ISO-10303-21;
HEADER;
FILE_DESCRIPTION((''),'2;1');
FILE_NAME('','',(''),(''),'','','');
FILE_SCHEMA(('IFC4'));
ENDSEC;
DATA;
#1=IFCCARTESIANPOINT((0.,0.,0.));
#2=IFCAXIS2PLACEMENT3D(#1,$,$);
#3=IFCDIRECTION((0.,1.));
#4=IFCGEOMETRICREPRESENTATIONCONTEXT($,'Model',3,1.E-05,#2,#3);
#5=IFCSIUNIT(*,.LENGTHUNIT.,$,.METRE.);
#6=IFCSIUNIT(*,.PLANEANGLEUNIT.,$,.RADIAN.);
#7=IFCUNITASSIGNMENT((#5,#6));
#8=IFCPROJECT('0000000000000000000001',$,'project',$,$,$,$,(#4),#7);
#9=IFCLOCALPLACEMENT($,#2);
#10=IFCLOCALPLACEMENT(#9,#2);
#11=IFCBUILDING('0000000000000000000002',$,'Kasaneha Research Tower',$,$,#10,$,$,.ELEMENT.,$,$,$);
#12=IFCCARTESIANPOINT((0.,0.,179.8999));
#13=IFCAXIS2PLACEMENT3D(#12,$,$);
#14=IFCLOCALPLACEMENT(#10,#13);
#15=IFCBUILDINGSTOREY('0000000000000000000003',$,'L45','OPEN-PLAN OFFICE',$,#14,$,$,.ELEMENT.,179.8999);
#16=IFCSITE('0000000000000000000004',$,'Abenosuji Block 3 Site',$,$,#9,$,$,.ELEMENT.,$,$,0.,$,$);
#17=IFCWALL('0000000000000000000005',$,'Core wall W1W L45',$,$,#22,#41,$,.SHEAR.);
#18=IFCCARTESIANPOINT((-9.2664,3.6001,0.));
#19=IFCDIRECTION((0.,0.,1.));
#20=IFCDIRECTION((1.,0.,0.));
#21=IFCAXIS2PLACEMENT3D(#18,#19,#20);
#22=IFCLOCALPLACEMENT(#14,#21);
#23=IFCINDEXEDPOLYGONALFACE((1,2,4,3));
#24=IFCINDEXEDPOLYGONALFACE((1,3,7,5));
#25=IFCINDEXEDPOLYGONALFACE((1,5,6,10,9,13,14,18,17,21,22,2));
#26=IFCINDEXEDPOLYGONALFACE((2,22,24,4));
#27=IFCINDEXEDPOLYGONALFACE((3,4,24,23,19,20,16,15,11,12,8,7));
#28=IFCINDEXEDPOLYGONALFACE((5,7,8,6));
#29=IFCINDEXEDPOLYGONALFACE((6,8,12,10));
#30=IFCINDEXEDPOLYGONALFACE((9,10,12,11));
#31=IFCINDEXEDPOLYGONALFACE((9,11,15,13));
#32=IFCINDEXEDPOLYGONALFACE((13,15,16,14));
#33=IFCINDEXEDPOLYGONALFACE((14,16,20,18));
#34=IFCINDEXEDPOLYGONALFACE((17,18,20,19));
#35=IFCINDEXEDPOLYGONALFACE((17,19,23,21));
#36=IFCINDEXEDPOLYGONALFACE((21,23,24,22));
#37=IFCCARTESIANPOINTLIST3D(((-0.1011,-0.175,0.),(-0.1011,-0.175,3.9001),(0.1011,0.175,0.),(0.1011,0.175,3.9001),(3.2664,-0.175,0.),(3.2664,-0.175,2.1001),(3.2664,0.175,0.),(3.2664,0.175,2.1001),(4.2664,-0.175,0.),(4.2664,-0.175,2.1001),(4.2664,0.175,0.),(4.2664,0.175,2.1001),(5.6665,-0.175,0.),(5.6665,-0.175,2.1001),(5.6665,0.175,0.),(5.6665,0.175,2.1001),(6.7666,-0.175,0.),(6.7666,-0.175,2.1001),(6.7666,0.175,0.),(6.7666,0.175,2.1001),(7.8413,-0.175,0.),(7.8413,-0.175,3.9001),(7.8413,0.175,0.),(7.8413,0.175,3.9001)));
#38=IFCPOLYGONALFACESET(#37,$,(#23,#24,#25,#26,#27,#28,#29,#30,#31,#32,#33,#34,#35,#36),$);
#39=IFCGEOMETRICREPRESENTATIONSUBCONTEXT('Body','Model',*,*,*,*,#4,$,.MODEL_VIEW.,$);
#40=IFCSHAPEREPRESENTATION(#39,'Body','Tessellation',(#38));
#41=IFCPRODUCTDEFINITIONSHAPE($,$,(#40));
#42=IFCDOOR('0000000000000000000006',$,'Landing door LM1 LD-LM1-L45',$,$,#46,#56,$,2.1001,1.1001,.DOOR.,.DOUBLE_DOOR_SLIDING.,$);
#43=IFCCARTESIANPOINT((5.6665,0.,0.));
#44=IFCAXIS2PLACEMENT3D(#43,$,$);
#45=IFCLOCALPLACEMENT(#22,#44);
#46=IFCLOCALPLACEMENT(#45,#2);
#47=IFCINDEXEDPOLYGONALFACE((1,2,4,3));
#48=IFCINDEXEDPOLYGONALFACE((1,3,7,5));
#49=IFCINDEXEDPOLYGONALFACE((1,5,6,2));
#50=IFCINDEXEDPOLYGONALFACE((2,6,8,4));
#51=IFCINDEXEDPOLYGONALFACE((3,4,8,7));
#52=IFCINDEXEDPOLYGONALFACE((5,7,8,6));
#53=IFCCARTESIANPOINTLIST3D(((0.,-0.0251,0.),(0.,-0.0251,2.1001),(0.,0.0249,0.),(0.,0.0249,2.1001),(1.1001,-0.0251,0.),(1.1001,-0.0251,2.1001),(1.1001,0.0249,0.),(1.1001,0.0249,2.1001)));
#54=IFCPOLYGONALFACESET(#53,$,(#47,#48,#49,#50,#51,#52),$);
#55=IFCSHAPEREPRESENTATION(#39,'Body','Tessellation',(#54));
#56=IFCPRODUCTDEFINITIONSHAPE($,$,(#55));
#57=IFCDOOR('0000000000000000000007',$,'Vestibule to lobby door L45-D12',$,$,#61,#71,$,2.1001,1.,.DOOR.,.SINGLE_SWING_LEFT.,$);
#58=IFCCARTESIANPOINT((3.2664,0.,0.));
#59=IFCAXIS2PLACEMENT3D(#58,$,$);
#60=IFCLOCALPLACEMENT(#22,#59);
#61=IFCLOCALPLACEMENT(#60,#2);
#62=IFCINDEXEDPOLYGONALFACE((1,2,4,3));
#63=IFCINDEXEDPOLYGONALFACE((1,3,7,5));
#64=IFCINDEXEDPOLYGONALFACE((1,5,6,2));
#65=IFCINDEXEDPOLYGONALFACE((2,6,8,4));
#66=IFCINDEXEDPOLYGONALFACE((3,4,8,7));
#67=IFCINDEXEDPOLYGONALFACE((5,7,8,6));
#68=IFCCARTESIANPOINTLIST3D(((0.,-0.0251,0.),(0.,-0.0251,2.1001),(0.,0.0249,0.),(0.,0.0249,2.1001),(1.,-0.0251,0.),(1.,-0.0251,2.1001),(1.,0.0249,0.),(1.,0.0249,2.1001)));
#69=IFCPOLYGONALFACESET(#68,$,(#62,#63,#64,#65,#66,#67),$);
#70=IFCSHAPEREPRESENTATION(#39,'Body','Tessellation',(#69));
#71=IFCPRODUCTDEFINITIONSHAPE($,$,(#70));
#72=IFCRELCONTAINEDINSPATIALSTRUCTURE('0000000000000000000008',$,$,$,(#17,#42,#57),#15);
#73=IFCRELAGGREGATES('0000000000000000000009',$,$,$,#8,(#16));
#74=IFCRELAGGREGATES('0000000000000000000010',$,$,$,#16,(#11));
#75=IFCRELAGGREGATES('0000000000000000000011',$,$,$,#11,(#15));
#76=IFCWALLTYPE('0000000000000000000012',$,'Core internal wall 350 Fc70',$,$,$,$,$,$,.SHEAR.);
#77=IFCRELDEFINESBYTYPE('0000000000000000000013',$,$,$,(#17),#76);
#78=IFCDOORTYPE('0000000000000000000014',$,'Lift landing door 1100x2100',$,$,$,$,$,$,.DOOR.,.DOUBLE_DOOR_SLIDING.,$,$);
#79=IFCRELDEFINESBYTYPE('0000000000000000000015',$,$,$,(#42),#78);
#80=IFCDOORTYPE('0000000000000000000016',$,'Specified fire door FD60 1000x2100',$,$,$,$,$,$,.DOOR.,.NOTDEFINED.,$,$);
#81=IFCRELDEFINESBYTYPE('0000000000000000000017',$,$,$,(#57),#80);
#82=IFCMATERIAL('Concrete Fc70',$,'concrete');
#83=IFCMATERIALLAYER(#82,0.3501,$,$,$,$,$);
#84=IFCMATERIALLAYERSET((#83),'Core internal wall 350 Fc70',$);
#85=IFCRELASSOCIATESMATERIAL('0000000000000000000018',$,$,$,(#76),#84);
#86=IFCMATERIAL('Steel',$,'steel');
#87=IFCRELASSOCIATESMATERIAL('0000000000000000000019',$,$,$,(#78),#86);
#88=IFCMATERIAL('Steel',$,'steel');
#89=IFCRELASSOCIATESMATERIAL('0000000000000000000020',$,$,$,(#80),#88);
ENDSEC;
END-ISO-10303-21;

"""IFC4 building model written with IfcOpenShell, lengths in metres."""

from ifc_helpers import new_model, si_unit, direction, frame, frame_2d, origin, place, context, subcontext, project, spatial, polyline, rectangle, outline, extrude, material, layer, layer_set, type_object, element, fill, save


model = new_model("IFC4")

# Units and contexts
model_context = context("Model", 3, precision=1e-05, world=origin(), true_north=direction((0.0, 1.0)))
body_context = subcontext(model_context, "Body", "Model", "MODEL_VIEW")
ifc_project = project(units=[si_unit("LENGTHUNIT", "METRE"), si_unit("PLANEANGLEUNIT", "RADIAN")], contexts=[model_context])

# Site, building, storey
site_placement = place(None, origin())
site = spatial("IfcSite", under=ifc_project, at=site_placement, Name="Abenosuji Block 3 Site", CompositionType="ELEMENT", RefElevation=0.0)
building_placement = place(site_placement, origin())
building = spatial("IfcBuilding", under=site, at=building_placement, Name="Kasaneha Research Tower", CompositionType="ELEMENT")
storey_placement = place(building_placement, frame((0.0, 0.0, 179.8999)))
storey = spatial("IfcBuildingStorey", under=building, at=storey_placement, Name="L45", Description="OPEN-PLAN OFFICE", CompositionType="ELEMENT", Elevation=179.8999)

# Wall, openings, doors
ifc_material_1 = material(Name="Concrete Fc70", Category="concrete")
ifc_layer_1 = layer(ifc_material_1, 0.3501)
ifc_layer_set_1 = layer_set([ifc_layer_1], Name="Core internal wall 350 Fc70")
wall_type_1 = type_object("IfcWallType", Name="Core internal wall 350 Fc70", PredefinedType="SHEAR", material=ifc_layer_set_1)
wall_1_placement = place(storey_placement, frame((-9.2664, 3.6001, 0.0), z_axis=(0.0, 0.0, 1.0), x_axis=(1.0, 0.0, 0.0)))
wall_1 = element("IfcWall", 1, at=wall_1_placement, inside=storey, type_object=wall_type_1, Name="Core wall W1W L45", PredefinedType="SHEAR", context=body_context, shape_type="SweptSolid", body=[
    extrude(outline(polyline([(-0.1011, -0.175), (3.2664, -0.175), (4.2664, -0.175), (5.6665, -0.175), (6.7666, -0.175), (7.8413, -0.175), (7.8413, 0.175), (6.7666, 0.175), (5.6665, 0.175), (4.2664, 0.175), (3.2664, 0.175), (0.1011, 0.175), (-0.1011, -0.175)])), origin(), (0.0, 0.0, 1.0), 3.9001),
])
opening_1_placement = place(wall_1_placement, frame((3.2664, 0.0, 0.0)))
opening_1 = element("IfcOpeningElement", 2, at=opening_1_placement, cuts=wall_1, PredefinedType="OPENING", context=body_context, shape_type="SweptSolid", body=[
    extrude(rectangle(XDim=1.0, YDim=2.1001, at=frame_2d((0.5, 1.05))), frame((0.0, 0.1851, 0.0), z_axis=(0.0, -1.0, 0.0), x_axis=(1.0, 0.0, 0.0)), (0.0, 0.0, 1.0), 0.3701),
])
opening_2_placement = place(wall_1_placement, frame((5.6665, 0.0, 0.0)))
opening_2 = element("IfcOpeningElement", 3, at=opening_2_placement, cuts=wall_1, PredefinedType="OPENING", context=body_context, shape_type="SweptSolid", body=[
    extrude(rectangle(XDim=1.1001, YDim=2.1001, at=frame_2d((0.55, 1.05))), frame((0.0, 0.1851, 0.0), z_axis=(0.0, -1.0, 0.0), x_axis=(1.0, 0.0, 0.0)), (0.0, 0.0, 1.0), 0.3701),
])
ifc_material_2 = material(Name="Steel", Category="steel")
door_type_1 = type_object("IfcDoorType", Name="Lift landing door 1100x2100", OperationType="DOUBLE_DOOR_SLIDING", PredefinedType="DOOR", material=ifc_material_2)
door_1_placement = place(opening_2_placement, origin())
door_1 = element("IfcDoor", 4, at=door_1_placement, inside=storey, type_object=door_type_1, Name="Landing door LM1 LD-LM1-L45", OperationType="DOUBLE_DOOR_SLIDING", OverallHeight=2.1001, OverallWidth=1.1001, PredefinedType="DOOR", context=body_context, shape_type="SweptSolid", body=[
    extrude(rectangle(XDim=1.1001, YDim=2.1001, at=frame_2d((0.55, 1.05))), frame((0.0, 0.0249, 0.0), z_axis=(0.0, -1.0, 0.0), x_axis=(1.0, 0.0, 0.0)), (0.0, 0.0, 1.0), 0.05),
])
fill(opening_2, door_1)
ifc_material_3 = material(Name="Steel", Category="steel")
door_type_2 = type_object("IfcDoorType", Name="Specified fire door FD60 1000x2100", OperationType="NOTDEFINED", PredefinedType="DOOR", material=ifc_material_3)
door_2_placement = place(opening_1_placement, origin())
door_2 = element("IfcDoor", 5, at=door_2_placement, inside=storey, type_object=door_type_2, Name="Vestibule to lobby door L45-D12", OperationType="SINGLE_SWING_LEFT", OverallHeight=2.1001, OverallWidth=1.0, PredefinedType="DOOR", context=body_context, shape_type="SweptSolid", body=[
    extrude(rectangle(XDim=1.0, YDim=2.1001, at=frame_2d((0.5, 1.05))), frame((0.0, 0.0249, 0.0), z_axis=(0.0, -1.0, 0.0), x_axis=(1.0, 0.0, 0.0)), (0.0, 0.0, 1.0), 0.05),
])
fill(opening_1, door_2)

save(model, "model.ifc")
